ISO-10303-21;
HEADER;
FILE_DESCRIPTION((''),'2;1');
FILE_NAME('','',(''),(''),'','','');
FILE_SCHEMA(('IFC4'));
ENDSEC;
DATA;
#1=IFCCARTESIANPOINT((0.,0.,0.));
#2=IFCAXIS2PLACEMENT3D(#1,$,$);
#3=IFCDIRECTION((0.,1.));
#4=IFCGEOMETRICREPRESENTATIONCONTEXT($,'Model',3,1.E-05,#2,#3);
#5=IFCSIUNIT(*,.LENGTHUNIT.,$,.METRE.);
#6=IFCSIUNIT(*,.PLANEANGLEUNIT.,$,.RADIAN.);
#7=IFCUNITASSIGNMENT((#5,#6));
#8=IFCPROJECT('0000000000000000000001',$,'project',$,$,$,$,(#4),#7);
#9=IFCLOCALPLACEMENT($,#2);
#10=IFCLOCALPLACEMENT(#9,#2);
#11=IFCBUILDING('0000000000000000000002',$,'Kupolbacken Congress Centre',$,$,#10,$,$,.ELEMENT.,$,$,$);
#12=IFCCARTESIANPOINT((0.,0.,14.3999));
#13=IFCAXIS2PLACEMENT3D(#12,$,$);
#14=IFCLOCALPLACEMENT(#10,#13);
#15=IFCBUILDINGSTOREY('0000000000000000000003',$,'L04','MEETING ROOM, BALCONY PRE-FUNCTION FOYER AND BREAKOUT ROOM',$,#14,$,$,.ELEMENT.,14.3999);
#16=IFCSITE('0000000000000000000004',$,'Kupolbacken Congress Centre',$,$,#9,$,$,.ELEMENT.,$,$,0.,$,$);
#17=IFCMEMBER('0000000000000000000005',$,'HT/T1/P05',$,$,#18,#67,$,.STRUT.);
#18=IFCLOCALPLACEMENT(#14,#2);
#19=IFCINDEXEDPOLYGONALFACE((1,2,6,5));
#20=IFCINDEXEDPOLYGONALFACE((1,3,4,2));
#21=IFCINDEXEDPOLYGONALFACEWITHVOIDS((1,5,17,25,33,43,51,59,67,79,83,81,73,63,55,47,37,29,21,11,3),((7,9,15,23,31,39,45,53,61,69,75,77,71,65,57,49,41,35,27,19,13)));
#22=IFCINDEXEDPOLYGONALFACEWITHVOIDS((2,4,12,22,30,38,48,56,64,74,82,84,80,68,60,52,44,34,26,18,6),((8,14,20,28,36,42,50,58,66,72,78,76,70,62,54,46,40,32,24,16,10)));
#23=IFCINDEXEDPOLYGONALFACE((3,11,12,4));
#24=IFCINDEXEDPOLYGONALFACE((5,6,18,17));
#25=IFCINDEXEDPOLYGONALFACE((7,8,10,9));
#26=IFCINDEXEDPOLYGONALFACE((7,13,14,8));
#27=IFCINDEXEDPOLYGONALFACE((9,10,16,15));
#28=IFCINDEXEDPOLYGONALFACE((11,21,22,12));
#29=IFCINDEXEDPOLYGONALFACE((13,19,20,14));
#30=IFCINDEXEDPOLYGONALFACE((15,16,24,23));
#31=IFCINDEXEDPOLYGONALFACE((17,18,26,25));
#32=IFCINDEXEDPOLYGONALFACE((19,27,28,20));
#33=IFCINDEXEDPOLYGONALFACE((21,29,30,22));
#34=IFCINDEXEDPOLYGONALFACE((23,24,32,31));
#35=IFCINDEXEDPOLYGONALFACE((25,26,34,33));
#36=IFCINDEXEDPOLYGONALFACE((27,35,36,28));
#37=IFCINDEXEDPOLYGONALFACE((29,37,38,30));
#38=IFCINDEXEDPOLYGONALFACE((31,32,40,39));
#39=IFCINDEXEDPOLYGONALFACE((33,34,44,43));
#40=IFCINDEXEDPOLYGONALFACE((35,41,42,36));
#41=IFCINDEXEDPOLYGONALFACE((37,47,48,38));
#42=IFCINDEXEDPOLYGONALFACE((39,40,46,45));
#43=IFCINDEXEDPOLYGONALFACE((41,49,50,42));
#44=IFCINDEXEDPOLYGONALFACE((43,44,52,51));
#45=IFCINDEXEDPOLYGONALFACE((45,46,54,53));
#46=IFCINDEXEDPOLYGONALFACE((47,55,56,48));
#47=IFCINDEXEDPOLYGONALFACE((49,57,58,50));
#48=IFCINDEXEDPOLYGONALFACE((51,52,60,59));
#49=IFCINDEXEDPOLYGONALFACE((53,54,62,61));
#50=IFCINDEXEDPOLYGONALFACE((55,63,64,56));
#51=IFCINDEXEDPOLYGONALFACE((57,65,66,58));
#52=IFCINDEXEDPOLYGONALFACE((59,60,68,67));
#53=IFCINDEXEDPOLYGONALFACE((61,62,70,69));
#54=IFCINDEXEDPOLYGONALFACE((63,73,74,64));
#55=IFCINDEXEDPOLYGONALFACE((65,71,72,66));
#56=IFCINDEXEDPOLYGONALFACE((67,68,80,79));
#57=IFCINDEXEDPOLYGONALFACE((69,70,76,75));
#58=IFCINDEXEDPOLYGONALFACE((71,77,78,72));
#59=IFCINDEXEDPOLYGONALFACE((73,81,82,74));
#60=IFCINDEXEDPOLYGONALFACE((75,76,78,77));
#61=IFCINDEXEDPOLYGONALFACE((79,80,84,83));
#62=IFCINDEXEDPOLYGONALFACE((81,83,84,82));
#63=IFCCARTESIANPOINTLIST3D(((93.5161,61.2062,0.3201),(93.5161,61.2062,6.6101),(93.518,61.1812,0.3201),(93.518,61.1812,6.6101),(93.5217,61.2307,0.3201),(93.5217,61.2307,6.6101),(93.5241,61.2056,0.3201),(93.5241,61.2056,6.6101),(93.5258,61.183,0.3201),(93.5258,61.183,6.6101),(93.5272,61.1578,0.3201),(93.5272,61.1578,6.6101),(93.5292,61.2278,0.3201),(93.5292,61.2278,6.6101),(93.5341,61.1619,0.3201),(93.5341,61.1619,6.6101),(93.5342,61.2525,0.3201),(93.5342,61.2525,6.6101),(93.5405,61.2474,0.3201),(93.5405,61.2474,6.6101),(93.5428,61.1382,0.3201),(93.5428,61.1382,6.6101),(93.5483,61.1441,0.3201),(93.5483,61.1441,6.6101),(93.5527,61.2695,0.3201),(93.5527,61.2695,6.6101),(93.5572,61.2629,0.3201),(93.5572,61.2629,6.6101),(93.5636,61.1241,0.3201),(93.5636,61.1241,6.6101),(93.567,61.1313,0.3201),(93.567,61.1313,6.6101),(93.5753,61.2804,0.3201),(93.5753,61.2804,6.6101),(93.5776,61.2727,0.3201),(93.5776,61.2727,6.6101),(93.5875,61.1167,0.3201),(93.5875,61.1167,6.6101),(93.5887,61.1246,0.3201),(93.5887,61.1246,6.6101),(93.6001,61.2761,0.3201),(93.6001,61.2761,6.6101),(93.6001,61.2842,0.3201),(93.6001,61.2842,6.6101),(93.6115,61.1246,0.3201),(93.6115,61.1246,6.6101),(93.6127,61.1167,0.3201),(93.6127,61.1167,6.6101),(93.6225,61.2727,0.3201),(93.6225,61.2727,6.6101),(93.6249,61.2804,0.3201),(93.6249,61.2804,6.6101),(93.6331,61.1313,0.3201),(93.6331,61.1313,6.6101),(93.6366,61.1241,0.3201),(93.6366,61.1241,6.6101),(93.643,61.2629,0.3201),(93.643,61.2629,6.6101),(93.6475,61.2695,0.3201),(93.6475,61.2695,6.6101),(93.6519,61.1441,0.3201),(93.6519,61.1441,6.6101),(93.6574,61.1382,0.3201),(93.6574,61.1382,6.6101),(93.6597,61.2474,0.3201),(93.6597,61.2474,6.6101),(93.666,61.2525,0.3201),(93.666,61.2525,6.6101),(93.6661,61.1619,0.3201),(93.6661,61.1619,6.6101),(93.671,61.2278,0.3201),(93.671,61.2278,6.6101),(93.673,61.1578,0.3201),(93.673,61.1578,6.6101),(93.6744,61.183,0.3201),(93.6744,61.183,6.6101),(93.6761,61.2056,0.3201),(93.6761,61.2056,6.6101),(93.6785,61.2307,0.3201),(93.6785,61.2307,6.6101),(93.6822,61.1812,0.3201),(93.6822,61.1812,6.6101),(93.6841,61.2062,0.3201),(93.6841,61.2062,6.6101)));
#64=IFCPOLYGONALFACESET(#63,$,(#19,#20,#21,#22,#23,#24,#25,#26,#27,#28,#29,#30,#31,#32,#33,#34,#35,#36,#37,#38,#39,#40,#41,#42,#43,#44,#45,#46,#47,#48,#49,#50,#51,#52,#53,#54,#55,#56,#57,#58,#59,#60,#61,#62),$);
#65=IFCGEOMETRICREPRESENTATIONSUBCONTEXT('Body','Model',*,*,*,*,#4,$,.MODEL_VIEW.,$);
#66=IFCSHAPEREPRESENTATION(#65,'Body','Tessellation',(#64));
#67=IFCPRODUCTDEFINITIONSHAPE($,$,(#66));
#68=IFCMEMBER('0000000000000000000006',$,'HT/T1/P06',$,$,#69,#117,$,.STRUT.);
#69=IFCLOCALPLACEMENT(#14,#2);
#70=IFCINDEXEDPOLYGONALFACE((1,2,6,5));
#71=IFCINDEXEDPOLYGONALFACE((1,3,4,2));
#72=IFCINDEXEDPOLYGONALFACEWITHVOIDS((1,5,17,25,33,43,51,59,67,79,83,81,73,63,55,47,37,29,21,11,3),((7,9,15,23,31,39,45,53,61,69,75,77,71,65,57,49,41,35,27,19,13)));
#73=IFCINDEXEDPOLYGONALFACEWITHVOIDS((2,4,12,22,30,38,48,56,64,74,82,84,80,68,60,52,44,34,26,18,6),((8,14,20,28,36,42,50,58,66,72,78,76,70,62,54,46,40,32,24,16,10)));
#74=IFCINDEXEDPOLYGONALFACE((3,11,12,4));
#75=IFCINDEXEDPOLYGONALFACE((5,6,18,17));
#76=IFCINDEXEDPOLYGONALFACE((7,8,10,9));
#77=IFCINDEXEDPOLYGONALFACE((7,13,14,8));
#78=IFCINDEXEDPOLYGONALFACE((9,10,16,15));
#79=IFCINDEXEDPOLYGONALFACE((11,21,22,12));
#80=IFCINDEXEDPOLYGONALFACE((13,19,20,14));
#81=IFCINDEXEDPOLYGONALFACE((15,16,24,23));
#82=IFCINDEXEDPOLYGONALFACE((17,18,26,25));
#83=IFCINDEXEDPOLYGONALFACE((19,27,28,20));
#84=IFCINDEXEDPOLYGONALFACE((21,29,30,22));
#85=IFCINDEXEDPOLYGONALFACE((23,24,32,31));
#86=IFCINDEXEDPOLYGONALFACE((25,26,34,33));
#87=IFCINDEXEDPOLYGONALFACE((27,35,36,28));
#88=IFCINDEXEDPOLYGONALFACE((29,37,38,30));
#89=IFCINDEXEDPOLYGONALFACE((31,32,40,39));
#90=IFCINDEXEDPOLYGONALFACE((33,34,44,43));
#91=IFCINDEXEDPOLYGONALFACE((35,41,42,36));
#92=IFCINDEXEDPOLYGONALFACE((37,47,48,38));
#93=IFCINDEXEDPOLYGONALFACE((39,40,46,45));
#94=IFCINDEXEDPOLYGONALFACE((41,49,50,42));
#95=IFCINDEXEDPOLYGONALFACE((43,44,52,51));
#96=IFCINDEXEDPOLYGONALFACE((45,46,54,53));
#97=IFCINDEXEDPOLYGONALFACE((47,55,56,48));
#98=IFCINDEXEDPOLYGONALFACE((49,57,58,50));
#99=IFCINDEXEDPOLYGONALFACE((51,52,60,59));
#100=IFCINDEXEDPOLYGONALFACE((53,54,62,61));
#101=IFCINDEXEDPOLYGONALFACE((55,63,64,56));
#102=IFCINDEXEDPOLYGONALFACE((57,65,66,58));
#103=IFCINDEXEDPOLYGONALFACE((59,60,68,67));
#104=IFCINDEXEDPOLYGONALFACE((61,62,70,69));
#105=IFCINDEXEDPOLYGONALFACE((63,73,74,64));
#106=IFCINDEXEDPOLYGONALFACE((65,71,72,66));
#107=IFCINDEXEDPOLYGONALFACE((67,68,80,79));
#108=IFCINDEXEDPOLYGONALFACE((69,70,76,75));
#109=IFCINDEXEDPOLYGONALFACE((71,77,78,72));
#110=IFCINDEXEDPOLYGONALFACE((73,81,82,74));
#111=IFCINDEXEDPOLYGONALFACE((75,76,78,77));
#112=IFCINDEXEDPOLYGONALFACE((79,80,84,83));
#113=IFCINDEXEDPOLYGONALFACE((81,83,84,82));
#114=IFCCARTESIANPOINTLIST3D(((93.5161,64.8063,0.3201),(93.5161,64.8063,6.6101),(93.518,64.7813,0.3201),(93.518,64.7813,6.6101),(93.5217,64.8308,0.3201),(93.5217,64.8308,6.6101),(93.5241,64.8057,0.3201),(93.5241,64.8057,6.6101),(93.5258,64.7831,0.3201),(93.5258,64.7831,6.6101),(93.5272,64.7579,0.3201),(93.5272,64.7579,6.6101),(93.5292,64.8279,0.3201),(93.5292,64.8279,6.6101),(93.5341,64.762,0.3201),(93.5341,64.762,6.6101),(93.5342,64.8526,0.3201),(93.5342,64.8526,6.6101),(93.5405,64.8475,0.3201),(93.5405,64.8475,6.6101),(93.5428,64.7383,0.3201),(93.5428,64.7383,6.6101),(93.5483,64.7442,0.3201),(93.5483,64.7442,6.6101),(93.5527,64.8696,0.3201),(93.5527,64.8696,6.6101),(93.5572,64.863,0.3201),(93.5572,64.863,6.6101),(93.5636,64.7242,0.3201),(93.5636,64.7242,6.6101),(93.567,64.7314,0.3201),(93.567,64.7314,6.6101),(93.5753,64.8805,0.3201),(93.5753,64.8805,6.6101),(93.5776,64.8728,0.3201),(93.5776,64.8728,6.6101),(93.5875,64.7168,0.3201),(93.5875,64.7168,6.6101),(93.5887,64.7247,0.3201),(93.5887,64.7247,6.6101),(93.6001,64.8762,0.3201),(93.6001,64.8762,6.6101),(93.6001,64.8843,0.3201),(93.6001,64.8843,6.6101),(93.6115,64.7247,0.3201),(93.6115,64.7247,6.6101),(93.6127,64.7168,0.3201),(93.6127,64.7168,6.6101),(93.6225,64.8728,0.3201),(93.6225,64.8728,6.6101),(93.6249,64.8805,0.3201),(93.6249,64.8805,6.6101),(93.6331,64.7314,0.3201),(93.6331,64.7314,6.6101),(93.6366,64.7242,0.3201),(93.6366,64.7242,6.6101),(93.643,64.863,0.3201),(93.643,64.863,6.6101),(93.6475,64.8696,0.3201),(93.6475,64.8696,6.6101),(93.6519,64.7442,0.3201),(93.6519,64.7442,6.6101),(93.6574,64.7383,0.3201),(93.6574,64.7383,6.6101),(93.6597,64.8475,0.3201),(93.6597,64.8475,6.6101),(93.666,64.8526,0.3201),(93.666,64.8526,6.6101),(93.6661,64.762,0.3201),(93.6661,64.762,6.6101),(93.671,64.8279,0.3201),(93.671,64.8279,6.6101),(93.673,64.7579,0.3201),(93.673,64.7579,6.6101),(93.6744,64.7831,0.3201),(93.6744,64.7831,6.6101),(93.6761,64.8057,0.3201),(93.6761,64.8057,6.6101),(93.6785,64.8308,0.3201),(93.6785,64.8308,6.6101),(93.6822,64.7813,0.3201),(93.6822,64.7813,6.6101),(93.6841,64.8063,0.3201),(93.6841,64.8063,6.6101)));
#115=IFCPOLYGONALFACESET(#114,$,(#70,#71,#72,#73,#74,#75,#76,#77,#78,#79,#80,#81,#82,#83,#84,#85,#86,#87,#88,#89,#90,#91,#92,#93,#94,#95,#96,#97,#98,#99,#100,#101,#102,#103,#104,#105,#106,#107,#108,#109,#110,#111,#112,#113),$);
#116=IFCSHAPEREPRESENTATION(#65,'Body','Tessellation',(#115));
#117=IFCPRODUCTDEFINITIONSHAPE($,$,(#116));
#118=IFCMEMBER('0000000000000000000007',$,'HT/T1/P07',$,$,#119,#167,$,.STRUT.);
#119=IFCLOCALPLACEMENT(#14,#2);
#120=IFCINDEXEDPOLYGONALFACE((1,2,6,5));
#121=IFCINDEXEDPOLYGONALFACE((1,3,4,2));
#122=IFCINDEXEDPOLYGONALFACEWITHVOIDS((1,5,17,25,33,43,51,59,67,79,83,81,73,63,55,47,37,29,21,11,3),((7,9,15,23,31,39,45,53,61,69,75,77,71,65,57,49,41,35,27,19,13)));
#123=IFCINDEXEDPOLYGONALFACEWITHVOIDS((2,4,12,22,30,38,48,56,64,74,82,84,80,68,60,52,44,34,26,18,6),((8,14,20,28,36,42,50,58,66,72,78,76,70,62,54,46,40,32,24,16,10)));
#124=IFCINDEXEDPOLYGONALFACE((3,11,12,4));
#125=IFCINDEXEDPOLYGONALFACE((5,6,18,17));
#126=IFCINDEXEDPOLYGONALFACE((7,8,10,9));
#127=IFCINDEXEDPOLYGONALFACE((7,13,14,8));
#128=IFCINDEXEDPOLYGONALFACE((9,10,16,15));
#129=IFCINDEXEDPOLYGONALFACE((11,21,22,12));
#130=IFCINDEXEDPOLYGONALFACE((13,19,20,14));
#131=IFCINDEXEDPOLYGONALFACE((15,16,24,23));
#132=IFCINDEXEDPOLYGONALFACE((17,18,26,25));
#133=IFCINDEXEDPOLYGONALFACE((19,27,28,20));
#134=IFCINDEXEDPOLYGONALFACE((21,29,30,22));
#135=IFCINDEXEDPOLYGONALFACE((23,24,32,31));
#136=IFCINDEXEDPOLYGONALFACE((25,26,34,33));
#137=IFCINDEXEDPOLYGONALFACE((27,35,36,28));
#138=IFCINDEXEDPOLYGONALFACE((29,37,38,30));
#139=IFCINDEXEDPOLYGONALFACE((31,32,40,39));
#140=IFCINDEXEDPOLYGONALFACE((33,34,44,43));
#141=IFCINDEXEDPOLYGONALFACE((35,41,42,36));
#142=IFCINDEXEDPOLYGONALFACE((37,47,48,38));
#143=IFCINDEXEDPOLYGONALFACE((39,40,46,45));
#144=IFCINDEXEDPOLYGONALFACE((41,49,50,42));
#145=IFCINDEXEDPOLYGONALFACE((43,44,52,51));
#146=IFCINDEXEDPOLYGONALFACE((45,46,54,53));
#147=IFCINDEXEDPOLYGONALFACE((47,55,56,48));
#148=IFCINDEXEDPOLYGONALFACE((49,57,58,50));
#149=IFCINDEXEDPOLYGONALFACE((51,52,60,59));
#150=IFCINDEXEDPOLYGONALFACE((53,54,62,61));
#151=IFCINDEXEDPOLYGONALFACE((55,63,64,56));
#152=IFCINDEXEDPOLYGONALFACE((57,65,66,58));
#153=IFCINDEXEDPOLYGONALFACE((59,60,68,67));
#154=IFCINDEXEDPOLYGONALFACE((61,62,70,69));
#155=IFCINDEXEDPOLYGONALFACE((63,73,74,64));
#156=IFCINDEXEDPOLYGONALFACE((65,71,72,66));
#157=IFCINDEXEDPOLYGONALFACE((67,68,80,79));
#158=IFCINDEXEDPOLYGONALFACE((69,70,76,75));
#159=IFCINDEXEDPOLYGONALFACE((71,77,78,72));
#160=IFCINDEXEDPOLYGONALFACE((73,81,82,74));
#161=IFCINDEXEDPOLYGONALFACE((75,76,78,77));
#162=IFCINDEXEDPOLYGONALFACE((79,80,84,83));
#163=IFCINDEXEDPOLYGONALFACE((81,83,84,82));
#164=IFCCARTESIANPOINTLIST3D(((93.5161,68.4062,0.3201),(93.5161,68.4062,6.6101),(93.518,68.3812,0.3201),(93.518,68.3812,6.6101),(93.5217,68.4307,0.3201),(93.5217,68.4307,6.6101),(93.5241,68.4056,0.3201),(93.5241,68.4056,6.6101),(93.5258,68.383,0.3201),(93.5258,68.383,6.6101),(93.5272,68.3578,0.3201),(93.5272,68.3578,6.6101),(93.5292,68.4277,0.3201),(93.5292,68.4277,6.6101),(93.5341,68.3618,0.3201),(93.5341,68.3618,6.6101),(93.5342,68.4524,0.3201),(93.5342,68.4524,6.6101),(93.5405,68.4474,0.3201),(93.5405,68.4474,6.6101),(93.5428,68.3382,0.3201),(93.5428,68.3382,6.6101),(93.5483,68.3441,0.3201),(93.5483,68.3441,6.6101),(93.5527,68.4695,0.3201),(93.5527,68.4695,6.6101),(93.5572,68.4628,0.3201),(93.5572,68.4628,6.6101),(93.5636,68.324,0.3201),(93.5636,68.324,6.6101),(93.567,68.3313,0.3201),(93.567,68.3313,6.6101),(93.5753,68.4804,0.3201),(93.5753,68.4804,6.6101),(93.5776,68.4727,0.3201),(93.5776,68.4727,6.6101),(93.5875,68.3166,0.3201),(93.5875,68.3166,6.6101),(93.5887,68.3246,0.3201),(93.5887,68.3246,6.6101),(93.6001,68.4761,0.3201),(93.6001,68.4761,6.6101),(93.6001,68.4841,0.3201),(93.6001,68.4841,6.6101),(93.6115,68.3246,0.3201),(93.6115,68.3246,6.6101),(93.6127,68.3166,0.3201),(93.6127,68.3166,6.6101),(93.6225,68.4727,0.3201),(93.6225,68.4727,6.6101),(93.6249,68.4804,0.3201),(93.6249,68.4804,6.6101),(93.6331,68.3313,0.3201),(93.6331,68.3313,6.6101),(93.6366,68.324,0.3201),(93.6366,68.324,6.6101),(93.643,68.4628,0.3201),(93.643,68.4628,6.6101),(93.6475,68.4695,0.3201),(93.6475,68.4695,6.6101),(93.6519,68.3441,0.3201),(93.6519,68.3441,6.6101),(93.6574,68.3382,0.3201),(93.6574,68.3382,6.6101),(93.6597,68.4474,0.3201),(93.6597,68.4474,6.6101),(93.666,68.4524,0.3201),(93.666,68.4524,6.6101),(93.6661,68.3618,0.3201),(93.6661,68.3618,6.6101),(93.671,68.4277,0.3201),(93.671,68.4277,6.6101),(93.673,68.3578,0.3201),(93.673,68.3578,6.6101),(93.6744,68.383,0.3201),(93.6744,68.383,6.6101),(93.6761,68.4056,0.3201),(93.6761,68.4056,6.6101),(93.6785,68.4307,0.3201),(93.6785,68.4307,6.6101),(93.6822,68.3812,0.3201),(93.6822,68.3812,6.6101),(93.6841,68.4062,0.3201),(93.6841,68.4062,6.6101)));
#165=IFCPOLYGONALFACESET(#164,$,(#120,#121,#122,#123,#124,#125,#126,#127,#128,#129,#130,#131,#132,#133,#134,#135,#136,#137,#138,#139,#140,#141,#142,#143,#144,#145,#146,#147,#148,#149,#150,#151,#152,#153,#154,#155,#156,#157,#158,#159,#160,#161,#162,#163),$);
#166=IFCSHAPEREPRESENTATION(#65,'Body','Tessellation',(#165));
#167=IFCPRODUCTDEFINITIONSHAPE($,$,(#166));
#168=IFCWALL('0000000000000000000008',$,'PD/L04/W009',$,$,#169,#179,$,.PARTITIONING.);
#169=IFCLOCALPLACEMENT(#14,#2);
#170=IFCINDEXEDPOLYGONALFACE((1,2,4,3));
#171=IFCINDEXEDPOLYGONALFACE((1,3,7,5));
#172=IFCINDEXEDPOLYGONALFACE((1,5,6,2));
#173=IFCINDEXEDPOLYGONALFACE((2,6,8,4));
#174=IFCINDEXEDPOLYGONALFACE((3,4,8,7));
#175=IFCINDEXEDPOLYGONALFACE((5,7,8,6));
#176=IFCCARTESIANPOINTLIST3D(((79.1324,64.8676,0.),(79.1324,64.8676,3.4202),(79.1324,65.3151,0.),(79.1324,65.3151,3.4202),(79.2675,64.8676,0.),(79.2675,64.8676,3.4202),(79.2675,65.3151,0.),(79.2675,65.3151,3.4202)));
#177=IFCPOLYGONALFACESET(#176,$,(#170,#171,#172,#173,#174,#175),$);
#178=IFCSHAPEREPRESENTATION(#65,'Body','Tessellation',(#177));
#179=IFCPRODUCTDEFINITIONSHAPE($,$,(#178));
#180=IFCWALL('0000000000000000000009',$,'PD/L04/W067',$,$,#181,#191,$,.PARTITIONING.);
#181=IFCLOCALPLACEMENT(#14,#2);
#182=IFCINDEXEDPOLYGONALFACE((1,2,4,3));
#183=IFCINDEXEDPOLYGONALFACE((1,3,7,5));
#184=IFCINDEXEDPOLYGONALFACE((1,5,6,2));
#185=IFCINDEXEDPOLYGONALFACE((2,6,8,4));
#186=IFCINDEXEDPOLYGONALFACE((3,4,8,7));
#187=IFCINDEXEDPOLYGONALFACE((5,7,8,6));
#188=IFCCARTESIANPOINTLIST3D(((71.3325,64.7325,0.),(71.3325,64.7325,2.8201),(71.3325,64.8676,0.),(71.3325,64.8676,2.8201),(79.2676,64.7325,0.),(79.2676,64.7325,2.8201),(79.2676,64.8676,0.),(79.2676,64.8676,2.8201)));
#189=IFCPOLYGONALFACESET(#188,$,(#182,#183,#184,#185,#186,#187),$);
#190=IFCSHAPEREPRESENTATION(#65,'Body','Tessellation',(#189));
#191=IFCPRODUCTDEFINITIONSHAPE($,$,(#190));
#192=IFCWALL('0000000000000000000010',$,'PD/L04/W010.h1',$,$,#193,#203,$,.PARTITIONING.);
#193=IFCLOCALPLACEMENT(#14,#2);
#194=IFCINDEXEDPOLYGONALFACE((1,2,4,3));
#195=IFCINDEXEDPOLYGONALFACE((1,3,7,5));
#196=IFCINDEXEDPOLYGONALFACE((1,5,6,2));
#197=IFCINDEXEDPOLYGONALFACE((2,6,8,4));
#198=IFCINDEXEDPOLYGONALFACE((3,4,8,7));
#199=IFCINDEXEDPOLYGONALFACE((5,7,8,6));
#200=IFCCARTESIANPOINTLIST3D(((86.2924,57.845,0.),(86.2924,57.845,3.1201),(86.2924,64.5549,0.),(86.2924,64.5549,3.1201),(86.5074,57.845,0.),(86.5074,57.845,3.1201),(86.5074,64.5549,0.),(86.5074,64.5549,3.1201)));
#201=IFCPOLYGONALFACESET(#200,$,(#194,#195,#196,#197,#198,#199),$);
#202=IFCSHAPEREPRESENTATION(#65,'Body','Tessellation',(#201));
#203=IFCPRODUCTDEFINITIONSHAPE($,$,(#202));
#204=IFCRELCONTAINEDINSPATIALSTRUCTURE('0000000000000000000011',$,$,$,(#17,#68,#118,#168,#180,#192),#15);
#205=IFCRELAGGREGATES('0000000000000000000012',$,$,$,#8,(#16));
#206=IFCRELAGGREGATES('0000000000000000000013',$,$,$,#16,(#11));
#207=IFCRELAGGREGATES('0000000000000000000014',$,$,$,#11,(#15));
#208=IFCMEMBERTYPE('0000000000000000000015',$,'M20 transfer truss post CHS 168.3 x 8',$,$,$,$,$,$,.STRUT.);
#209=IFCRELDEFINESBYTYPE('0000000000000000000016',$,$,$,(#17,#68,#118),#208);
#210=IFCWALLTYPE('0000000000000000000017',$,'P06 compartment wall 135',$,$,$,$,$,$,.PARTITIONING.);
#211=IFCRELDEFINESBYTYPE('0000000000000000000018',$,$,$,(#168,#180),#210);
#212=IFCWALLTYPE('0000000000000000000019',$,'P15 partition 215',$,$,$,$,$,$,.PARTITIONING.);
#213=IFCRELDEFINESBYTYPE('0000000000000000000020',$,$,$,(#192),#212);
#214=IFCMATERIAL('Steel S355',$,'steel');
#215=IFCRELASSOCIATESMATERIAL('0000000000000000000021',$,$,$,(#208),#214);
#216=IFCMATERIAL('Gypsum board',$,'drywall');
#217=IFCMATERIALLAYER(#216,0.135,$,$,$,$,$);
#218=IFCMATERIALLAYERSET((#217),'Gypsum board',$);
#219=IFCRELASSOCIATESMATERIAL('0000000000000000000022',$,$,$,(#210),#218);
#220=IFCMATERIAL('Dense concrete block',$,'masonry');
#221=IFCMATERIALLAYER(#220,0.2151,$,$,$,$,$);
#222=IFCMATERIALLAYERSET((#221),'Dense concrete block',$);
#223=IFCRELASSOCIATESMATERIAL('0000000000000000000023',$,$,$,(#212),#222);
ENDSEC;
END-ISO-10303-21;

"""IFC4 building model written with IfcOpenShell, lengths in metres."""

from ifc_helpers import new_model, si_unit, direction, frame, frame_2d, origin, origin_2d, place, context, subcontext, project, spatial, rectangle, hollow_circle, extrude, material, layer, layer_set, material_profile, profile_set, type_object, element, save


model = new_model("IFC4")

# Units and contexts
model_context = context("Model", 3, precision=1e-05, world=origin(), true_north=direction((0.0, 1.0)))
body_context = subcontext(model_context, "Body", "Model", "MODEL_VIEW")
ifc_project = project(units=[si_unit("LENGTHUNIT", "METRE"), si_unit("PLANEANGLEUNIT", "RADIAN")], contexts=[model_context])

# Site, building, storey
site_placement = place(None, origin())
site = spatial("IfcSite", under=ifc_project, at=site_placement, Name="Kupolbacken Congress Centre", CompositionType="ELEMENT", RefElevation=0.0)
building_placement = place(site_placement, origin())
building = spatial("IfcBuilding", under=site, at=building_placement, Name="Kupolbacken Congress Centre", CompositionType="ELEMENT")
storey_placement = place(building_placement, frame((0.0, 0.0, 14.3999)))
storey = spatial("IfcBuildingStorey", under=building, at=storey_placement, Name="L04", Description="MEETING ROOM, BALCONY PRE-FUNCTION FOYER AND BREAKOUT ROOM", CompositionType="ELEMENT", Elevation=14.3999)

# Members
ifc_material_1 = material(Name="Steel S355", Category="steel")
ifc_material_profile_1 = material_profile(ifc_material_1, hollow_circle(Radius=0.0842, WallThickness=0.0081, at=origin_2d()), Name="CHS 168.3 x 8")
ifc_profile_set_1 = profile_set([ifc_material_profile_1], Name="Steel S355")
member_type_1 = type_object("IfcMemberType", Name="M20 transfer truss post CHS 168.3 x 8", PredefinedType="STRUT", material=ifc_profile_set_1)
for number, where, z_axis, x_axis, name in (
    (1, (93.6001, 61.2, 0.3201), (0.0, 0.0, 1.0), (0.0, 1.0, 0.0), "HT/T1/P05"),
    (2, (93.6001, 64.8, 0.3201), (0.0, 0.0, 1.0), (0.0, 1.0, 0.0), "HT/T1/P06"),
    (3, (93.6001, 68.3999, 0.3201), (0.0, 0.0, 1.0), (0.0, 1.0, 0.0), "HT/T1/P07"),
):
    element("IfcMember", number, at=place(storey_placement, frame(where, z_axis=z_axis, x_axis=x_axis)), inside=storey, type_object=member_type_1, Name=name, PredefinedType="STRUT", context=body_context, shape_type="SweptSolid", body=[
        extrude(hollow_circle(Radius=0.0842, WallThickness=0.0081, at=origin_2d()), origin(), (0.0, 0.0, 1.0), 6.29),
    ])

# Walls
ifc_material_2 = material(Name="Gypsum board", Category="drywall")
ifc_layer_1 = layer(ifc_material_2, 0.135)
ifc_layer_set_1 = layer_set([ifc_layer_1], Name="Gypsum board")
wall_type_1 = type_object("IfcWallType", Name="P06 compartment wall 135", PredefinedType="PARTITIONING", material=ifc_layer_set_1)
wall_1_placement = place(storey_placement, frame((79.2, 65.3149, 0.0), z_axis=(0.0, 0.0, 1.0), x_axis=(0.0, -1.0, 0.0)))
element("IfcWall", 4, at=wall_1_placement, inside=storey, type_object=wall_type_1, Name="PD/L04/W009", PredefinedType="PARTITIONING", context=body_context, shape_type="SweptSolid", body=[
    extrude(rectangle(XDim=0.4475, YDim=0.135, at=frame_2d((0.2236, 0.0))), origin(), (0.0, 0.0, 1.0), 3.4202),
])
wall_2_placement = place(storey_placement, frame((79.2676, 64.8, 0.0), z_axis=(0.0, 0.0, 1.0), x_axis=(-1.0, 0.0, 0.0)))
element("IfcWall", 5, at=wall_2_placement, inside=storey, type_object=wall_type_1, Name="PD/L04/W067", PredefinedType="PARTITIONING", context=body_context, shape_type="SweptSolid", body=[
    extrude(rectangle(XDim=7.9351, YDim=0.135, at=frame_2d((3.9675, 0.0))), origin(), (0.0, 0.0, 1.0), 2.8201),
])
ifc_material_3 = material(Name="Dense concrete block", Category="masonry")
ifc_layer_2 = layer(ifc_material_3, 0.2151)
ifc_layer_set_2 = layer_set([ifc_layer_2], Name="Dense concrete block")
wall_type_2 = type_object("IfcWallType", Name="P15 partition 215", PredefinedType="PARTITIONING", material=ifc_layer_set_2)
wall_3_placement = place(storey_placement, frame((86.3999, 57.845, 0.0), z_axis=(0.0, 0.0, 1.0), x_axis=(0.0, 1.0, 0.0)))
element("IfcWall", 6, at=wall_3_placement, inside=storey, type_object=wall_type_2, Name="PD/L04/W010.h1", PredefinedType="PARTITIONING", context=body_context, shape_type="SweptSolid", body=[
    extrude(rectangle(XDim=6.71, YDim=0.2151, at=frame_2d((3.355, 0.0))), origin(), (0.0, 0.0, 1.0), 3.1201),
])

save(model, "model.ifc")
